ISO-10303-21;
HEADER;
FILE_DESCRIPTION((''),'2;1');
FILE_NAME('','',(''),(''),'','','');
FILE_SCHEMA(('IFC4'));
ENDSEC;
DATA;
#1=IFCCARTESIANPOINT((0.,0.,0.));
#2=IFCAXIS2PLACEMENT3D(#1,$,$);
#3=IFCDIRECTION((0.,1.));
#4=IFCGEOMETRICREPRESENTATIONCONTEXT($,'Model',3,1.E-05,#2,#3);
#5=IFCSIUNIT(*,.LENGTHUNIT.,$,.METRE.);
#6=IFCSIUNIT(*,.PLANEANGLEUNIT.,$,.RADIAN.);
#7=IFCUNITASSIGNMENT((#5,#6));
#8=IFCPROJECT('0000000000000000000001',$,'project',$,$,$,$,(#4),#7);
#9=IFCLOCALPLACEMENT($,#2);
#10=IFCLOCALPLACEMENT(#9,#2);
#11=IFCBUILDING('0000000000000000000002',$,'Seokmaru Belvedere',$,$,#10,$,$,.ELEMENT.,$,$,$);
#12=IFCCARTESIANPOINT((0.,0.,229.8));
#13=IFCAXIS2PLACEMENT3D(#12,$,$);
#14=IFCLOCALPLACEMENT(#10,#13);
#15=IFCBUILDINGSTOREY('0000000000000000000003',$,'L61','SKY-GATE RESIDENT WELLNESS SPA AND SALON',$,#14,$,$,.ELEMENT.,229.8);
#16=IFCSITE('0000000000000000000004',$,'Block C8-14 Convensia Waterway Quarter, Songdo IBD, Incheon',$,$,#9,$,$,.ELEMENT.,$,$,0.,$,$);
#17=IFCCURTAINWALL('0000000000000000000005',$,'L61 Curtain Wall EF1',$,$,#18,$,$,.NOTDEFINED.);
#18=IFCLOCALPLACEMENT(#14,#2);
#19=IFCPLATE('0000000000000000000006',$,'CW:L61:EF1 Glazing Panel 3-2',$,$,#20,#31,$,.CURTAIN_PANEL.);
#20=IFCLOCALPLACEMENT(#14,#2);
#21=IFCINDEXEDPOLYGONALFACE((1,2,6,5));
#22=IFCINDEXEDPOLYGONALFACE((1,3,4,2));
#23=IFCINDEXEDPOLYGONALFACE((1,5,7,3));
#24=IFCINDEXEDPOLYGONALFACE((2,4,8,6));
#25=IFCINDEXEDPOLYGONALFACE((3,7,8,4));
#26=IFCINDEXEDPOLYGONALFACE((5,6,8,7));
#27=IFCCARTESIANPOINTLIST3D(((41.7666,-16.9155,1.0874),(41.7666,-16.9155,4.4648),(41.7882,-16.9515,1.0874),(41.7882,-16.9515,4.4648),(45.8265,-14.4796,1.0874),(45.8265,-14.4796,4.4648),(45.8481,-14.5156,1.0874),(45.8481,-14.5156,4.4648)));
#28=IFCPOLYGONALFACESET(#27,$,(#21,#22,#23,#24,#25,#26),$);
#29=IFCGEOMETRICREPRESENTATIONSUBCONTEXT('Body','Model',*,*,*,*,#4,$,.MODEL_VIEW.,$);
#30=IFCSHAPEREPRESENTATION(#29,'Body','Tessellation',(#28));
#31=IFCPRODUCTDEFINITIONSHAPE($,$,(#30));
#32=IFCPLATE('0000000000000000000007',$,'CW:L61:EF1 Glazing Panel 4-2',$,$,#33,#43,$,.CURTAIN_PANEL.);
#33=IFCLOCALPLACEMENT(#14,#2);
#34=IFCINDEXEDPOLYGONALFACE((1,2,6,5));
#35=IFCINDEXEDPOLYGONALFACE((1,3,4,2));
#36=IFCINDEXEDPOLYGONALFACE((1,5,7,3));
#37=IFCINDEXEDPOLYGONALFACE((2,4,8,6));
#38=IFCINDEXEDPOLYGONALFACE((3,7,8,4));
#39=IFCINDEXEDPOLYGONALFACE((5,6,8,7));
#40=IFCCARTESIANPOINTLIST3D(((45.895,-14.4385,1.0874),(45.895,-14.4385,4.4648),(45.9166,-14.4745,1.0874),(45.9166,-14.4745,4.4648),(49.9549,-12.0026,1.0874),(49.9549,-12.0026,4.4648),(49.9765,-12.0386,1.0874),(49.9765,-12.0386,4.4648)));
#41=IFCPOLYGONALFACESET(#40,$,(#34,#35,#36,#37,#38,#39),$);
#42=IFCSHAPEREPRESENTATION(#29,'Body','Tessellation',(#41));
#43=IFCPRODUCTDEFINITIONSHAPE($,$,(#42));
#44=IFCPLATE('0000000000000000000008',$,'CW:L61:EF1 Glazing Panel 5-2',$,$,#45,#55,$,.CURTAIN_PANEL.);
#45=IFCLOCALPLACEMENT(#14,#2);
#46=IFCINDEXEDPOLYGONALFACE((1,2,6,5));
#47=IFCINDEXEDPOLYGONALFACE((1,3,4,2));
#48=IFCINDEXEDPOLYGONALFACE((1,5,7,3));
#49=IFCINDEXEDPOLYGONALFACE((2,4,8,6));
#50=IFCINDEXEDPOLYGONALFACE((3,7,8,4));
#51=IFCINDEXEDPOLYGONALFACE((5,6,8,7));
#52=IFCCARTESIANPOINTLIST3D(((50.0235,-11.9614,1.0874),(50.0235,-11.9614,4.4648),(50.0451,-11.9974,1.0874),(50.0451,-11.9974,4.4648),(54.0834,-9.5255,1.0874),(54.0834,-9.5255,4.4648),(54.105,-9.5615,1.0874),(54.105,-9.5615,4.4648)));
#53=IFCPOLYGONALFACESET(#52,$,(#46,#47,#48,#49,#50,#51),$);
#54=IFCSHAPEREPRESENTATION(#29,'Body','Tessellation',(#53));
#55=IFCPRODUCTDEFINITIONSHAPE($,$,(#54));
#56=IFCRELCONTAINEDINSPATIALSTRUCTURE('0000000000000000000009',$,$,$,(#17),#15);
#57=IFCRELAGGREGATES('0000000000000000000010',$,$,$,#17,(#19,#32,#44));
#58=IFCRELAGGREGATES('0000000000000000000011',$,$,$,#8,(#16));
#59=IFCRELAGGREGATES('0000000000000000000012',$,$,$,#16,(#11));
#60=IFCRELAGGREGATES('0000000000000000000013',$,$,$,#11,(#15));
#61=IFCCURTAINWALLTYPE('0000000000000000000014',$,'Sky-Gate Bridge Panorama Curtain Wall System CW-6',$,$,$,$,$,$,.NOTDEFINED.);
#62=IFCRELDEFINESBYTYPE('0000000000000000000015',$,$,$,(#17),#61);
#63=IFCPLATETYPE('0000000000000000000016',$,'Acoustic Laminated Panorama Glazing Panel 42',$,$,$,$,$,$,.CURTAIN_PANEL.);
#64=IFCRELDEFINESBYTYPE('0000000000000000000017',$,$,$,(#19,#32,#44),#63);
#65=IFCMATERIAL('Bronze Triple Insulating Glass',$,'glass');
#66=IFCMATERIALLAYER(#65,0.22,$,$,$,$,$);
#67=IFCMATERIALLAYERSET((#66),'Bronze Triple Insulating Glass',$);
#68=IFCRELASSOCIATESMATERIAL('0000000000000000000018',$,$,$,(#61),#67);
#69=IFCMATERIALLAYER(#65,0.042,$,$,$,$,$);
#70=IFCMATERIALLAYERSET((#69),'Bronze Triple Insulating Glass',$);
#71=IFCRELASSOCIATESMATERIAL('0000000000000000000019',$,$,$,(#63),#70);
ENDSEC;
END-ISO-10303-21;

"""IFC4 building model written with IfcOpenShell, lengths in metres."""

from ifc_helpers import new_model, si_unit, direction, frame, origin, origin_2d, place, context, subcontext, project, spatial, rectangle, extrude, source, transform, mapped, material, layer, layer_set, type_object, type_shapes, element, aggregate, save


model = new_model("IFC4")

# Units and contexts
model_context = context("Model", 3, precision=1e-05, world=origin(), true_north=direction((0.0, 1.0)))
body_context = subcontext(model_context, "Body", "Model", "MODEL_VIEW")
ifc_project = project(units=[si_unit("LENGTHUNIT", "METRE"), si_unit("PLANEANGLEUNIT", "RADIAN")], contexts=[model_context])

# Site, building, storey
site_placement = place(None, origin())
site = spatial("IfcSite", under=ifc_project, at=site_placement, Name="Block C8-14 Convensia Waterway Quarter, Songdo IBD, Incheon", CompositionType="ELEMENT", RefElevation=0.0)
building_placement = place(site_placement, origin())
building = spatial("IfcBuilding", under=site, at=building_placement, Name="Seokmaru Belvedere", CompositionType="ELEMENT")
storey_placement = place(building_placement, frame((0.0, 0.0, 229.8)))
storey = spatial("IfcBuildingStorey", under=building, at=storey_placement, Name="L61", Description="SKY-GATE RESIDENT WELLNESS SPA AND SALON", CompositionType="ELEMENT", Elevation=229.8)

# Curtain wall, plates
ifc_material_1 = material(Name="Bronze Triple Insulating Glass", Category="glass")
ifc_layer_1 = layer(ifc_material_1, 0.22)
ifc_layer_set_1 = layer_set([ifc_layer_1], Name="Bronze Triple Insulating Glass")
curtain_wall_type = type_object("IfcCurtainWallType", Name="Sky-Gate Bridge Panorama Curtain Wall System CW-6", PredefinedType="NOTDEFINED", material=ifc_layer_set_1)
curtain_wall_placement = place(storey_placement, origin())
curtain_wall = element("IfcCurtainWall", 1, at=curtain_wall_placement, inside=storey, type_object=curtain_wall_type, Name="L61 Curtain Wall EF1", PredefinedType="NOTDEFINED")
ifc_layer_2 = layer(ifc_material_1, 0.042)
ifc_layer_set_2 = layer_set([ifc_layer_2], Name="Bronze Triple Insulating Glass")
plate_type_1 = type_object("IfcPlateType", Name="Acoustic Laminated Panorama Glazing Panel 42", PredefinedType="CURTAIN_PANEL", material=ifc_layer_set_2)
shared_shape_1 = source(origin(), body_context, "Body", "SweptSolid", [
    extrude(rectangle(XDim=4.7346, YDim=0.042, at=origin_2d()), origin(), (0.0, 0.0, 1.0), 3.3774),
])
type_shapes(plate_type_1, [shared_shape_1])
plate_1_placement = place(storey_placement, frame((43.8074, -15.7156, 1.0874), z_axis=(0.0, 0.0, 1.0), x_axis=(0.857493, 0.514495, 0.0)))
plate_1 = element("IfcPlate", 2, at=plate_1_placement, type_object=plate_type_1, Name="CW:L61:EF1 Glazing Panel 3-2", PredefinedType="CURTAIN_PANEL", context=body_context, shape_type="MappedRepresentation", body=[
    mapped(shared_shape_1, transform((0.0, 0.0, 0.0), scale=1.0)),
])
plate_2_placement = place(storey_placement, frame((47.9358, -13.2385, 1.0874), z_axis=(0.0, 0.0, 1.0), x_axis=(0.857493, 0.514495, 0.0)))
plate_2 = element("IfcPlate", 3, at=plate_2_placement, type_object=plate_type_1, Name="CW:L61:EF1 Glazing Panel 4-2", PredefinedType="CURTAIN_PANEL", context=body_context, shape_type="MappedRepresentation", body=[
    mapped(shared_shape_1, transform((0.0, 0.0, 0.0), scale=1.0)),
])
plate_3_placement = place(storey_placement, frame((52.0642, -10.7615, 1.0874), z_axis=(0.0, 0.0, 1.0), x_axis=(0.857493, 0.514495, 0.0)))
plate_3 = element("IfcPlate", 4, at=plate_3_placement, type_object=plate_type_1, Name="CW:L61:EF1 Glazing Panel 5-2", PredefinedType="CURTAIN_PANEL", context=body_context, shape_type="MappedRepresentation", body=[
    mapped(shared_shape_1, transform((0.0, 0.0, 0.0), scale=1.0)),
])
aggregate(curtain_wall, [plate_1, plate_2, plate_3])

save(model, "model.ifc")
